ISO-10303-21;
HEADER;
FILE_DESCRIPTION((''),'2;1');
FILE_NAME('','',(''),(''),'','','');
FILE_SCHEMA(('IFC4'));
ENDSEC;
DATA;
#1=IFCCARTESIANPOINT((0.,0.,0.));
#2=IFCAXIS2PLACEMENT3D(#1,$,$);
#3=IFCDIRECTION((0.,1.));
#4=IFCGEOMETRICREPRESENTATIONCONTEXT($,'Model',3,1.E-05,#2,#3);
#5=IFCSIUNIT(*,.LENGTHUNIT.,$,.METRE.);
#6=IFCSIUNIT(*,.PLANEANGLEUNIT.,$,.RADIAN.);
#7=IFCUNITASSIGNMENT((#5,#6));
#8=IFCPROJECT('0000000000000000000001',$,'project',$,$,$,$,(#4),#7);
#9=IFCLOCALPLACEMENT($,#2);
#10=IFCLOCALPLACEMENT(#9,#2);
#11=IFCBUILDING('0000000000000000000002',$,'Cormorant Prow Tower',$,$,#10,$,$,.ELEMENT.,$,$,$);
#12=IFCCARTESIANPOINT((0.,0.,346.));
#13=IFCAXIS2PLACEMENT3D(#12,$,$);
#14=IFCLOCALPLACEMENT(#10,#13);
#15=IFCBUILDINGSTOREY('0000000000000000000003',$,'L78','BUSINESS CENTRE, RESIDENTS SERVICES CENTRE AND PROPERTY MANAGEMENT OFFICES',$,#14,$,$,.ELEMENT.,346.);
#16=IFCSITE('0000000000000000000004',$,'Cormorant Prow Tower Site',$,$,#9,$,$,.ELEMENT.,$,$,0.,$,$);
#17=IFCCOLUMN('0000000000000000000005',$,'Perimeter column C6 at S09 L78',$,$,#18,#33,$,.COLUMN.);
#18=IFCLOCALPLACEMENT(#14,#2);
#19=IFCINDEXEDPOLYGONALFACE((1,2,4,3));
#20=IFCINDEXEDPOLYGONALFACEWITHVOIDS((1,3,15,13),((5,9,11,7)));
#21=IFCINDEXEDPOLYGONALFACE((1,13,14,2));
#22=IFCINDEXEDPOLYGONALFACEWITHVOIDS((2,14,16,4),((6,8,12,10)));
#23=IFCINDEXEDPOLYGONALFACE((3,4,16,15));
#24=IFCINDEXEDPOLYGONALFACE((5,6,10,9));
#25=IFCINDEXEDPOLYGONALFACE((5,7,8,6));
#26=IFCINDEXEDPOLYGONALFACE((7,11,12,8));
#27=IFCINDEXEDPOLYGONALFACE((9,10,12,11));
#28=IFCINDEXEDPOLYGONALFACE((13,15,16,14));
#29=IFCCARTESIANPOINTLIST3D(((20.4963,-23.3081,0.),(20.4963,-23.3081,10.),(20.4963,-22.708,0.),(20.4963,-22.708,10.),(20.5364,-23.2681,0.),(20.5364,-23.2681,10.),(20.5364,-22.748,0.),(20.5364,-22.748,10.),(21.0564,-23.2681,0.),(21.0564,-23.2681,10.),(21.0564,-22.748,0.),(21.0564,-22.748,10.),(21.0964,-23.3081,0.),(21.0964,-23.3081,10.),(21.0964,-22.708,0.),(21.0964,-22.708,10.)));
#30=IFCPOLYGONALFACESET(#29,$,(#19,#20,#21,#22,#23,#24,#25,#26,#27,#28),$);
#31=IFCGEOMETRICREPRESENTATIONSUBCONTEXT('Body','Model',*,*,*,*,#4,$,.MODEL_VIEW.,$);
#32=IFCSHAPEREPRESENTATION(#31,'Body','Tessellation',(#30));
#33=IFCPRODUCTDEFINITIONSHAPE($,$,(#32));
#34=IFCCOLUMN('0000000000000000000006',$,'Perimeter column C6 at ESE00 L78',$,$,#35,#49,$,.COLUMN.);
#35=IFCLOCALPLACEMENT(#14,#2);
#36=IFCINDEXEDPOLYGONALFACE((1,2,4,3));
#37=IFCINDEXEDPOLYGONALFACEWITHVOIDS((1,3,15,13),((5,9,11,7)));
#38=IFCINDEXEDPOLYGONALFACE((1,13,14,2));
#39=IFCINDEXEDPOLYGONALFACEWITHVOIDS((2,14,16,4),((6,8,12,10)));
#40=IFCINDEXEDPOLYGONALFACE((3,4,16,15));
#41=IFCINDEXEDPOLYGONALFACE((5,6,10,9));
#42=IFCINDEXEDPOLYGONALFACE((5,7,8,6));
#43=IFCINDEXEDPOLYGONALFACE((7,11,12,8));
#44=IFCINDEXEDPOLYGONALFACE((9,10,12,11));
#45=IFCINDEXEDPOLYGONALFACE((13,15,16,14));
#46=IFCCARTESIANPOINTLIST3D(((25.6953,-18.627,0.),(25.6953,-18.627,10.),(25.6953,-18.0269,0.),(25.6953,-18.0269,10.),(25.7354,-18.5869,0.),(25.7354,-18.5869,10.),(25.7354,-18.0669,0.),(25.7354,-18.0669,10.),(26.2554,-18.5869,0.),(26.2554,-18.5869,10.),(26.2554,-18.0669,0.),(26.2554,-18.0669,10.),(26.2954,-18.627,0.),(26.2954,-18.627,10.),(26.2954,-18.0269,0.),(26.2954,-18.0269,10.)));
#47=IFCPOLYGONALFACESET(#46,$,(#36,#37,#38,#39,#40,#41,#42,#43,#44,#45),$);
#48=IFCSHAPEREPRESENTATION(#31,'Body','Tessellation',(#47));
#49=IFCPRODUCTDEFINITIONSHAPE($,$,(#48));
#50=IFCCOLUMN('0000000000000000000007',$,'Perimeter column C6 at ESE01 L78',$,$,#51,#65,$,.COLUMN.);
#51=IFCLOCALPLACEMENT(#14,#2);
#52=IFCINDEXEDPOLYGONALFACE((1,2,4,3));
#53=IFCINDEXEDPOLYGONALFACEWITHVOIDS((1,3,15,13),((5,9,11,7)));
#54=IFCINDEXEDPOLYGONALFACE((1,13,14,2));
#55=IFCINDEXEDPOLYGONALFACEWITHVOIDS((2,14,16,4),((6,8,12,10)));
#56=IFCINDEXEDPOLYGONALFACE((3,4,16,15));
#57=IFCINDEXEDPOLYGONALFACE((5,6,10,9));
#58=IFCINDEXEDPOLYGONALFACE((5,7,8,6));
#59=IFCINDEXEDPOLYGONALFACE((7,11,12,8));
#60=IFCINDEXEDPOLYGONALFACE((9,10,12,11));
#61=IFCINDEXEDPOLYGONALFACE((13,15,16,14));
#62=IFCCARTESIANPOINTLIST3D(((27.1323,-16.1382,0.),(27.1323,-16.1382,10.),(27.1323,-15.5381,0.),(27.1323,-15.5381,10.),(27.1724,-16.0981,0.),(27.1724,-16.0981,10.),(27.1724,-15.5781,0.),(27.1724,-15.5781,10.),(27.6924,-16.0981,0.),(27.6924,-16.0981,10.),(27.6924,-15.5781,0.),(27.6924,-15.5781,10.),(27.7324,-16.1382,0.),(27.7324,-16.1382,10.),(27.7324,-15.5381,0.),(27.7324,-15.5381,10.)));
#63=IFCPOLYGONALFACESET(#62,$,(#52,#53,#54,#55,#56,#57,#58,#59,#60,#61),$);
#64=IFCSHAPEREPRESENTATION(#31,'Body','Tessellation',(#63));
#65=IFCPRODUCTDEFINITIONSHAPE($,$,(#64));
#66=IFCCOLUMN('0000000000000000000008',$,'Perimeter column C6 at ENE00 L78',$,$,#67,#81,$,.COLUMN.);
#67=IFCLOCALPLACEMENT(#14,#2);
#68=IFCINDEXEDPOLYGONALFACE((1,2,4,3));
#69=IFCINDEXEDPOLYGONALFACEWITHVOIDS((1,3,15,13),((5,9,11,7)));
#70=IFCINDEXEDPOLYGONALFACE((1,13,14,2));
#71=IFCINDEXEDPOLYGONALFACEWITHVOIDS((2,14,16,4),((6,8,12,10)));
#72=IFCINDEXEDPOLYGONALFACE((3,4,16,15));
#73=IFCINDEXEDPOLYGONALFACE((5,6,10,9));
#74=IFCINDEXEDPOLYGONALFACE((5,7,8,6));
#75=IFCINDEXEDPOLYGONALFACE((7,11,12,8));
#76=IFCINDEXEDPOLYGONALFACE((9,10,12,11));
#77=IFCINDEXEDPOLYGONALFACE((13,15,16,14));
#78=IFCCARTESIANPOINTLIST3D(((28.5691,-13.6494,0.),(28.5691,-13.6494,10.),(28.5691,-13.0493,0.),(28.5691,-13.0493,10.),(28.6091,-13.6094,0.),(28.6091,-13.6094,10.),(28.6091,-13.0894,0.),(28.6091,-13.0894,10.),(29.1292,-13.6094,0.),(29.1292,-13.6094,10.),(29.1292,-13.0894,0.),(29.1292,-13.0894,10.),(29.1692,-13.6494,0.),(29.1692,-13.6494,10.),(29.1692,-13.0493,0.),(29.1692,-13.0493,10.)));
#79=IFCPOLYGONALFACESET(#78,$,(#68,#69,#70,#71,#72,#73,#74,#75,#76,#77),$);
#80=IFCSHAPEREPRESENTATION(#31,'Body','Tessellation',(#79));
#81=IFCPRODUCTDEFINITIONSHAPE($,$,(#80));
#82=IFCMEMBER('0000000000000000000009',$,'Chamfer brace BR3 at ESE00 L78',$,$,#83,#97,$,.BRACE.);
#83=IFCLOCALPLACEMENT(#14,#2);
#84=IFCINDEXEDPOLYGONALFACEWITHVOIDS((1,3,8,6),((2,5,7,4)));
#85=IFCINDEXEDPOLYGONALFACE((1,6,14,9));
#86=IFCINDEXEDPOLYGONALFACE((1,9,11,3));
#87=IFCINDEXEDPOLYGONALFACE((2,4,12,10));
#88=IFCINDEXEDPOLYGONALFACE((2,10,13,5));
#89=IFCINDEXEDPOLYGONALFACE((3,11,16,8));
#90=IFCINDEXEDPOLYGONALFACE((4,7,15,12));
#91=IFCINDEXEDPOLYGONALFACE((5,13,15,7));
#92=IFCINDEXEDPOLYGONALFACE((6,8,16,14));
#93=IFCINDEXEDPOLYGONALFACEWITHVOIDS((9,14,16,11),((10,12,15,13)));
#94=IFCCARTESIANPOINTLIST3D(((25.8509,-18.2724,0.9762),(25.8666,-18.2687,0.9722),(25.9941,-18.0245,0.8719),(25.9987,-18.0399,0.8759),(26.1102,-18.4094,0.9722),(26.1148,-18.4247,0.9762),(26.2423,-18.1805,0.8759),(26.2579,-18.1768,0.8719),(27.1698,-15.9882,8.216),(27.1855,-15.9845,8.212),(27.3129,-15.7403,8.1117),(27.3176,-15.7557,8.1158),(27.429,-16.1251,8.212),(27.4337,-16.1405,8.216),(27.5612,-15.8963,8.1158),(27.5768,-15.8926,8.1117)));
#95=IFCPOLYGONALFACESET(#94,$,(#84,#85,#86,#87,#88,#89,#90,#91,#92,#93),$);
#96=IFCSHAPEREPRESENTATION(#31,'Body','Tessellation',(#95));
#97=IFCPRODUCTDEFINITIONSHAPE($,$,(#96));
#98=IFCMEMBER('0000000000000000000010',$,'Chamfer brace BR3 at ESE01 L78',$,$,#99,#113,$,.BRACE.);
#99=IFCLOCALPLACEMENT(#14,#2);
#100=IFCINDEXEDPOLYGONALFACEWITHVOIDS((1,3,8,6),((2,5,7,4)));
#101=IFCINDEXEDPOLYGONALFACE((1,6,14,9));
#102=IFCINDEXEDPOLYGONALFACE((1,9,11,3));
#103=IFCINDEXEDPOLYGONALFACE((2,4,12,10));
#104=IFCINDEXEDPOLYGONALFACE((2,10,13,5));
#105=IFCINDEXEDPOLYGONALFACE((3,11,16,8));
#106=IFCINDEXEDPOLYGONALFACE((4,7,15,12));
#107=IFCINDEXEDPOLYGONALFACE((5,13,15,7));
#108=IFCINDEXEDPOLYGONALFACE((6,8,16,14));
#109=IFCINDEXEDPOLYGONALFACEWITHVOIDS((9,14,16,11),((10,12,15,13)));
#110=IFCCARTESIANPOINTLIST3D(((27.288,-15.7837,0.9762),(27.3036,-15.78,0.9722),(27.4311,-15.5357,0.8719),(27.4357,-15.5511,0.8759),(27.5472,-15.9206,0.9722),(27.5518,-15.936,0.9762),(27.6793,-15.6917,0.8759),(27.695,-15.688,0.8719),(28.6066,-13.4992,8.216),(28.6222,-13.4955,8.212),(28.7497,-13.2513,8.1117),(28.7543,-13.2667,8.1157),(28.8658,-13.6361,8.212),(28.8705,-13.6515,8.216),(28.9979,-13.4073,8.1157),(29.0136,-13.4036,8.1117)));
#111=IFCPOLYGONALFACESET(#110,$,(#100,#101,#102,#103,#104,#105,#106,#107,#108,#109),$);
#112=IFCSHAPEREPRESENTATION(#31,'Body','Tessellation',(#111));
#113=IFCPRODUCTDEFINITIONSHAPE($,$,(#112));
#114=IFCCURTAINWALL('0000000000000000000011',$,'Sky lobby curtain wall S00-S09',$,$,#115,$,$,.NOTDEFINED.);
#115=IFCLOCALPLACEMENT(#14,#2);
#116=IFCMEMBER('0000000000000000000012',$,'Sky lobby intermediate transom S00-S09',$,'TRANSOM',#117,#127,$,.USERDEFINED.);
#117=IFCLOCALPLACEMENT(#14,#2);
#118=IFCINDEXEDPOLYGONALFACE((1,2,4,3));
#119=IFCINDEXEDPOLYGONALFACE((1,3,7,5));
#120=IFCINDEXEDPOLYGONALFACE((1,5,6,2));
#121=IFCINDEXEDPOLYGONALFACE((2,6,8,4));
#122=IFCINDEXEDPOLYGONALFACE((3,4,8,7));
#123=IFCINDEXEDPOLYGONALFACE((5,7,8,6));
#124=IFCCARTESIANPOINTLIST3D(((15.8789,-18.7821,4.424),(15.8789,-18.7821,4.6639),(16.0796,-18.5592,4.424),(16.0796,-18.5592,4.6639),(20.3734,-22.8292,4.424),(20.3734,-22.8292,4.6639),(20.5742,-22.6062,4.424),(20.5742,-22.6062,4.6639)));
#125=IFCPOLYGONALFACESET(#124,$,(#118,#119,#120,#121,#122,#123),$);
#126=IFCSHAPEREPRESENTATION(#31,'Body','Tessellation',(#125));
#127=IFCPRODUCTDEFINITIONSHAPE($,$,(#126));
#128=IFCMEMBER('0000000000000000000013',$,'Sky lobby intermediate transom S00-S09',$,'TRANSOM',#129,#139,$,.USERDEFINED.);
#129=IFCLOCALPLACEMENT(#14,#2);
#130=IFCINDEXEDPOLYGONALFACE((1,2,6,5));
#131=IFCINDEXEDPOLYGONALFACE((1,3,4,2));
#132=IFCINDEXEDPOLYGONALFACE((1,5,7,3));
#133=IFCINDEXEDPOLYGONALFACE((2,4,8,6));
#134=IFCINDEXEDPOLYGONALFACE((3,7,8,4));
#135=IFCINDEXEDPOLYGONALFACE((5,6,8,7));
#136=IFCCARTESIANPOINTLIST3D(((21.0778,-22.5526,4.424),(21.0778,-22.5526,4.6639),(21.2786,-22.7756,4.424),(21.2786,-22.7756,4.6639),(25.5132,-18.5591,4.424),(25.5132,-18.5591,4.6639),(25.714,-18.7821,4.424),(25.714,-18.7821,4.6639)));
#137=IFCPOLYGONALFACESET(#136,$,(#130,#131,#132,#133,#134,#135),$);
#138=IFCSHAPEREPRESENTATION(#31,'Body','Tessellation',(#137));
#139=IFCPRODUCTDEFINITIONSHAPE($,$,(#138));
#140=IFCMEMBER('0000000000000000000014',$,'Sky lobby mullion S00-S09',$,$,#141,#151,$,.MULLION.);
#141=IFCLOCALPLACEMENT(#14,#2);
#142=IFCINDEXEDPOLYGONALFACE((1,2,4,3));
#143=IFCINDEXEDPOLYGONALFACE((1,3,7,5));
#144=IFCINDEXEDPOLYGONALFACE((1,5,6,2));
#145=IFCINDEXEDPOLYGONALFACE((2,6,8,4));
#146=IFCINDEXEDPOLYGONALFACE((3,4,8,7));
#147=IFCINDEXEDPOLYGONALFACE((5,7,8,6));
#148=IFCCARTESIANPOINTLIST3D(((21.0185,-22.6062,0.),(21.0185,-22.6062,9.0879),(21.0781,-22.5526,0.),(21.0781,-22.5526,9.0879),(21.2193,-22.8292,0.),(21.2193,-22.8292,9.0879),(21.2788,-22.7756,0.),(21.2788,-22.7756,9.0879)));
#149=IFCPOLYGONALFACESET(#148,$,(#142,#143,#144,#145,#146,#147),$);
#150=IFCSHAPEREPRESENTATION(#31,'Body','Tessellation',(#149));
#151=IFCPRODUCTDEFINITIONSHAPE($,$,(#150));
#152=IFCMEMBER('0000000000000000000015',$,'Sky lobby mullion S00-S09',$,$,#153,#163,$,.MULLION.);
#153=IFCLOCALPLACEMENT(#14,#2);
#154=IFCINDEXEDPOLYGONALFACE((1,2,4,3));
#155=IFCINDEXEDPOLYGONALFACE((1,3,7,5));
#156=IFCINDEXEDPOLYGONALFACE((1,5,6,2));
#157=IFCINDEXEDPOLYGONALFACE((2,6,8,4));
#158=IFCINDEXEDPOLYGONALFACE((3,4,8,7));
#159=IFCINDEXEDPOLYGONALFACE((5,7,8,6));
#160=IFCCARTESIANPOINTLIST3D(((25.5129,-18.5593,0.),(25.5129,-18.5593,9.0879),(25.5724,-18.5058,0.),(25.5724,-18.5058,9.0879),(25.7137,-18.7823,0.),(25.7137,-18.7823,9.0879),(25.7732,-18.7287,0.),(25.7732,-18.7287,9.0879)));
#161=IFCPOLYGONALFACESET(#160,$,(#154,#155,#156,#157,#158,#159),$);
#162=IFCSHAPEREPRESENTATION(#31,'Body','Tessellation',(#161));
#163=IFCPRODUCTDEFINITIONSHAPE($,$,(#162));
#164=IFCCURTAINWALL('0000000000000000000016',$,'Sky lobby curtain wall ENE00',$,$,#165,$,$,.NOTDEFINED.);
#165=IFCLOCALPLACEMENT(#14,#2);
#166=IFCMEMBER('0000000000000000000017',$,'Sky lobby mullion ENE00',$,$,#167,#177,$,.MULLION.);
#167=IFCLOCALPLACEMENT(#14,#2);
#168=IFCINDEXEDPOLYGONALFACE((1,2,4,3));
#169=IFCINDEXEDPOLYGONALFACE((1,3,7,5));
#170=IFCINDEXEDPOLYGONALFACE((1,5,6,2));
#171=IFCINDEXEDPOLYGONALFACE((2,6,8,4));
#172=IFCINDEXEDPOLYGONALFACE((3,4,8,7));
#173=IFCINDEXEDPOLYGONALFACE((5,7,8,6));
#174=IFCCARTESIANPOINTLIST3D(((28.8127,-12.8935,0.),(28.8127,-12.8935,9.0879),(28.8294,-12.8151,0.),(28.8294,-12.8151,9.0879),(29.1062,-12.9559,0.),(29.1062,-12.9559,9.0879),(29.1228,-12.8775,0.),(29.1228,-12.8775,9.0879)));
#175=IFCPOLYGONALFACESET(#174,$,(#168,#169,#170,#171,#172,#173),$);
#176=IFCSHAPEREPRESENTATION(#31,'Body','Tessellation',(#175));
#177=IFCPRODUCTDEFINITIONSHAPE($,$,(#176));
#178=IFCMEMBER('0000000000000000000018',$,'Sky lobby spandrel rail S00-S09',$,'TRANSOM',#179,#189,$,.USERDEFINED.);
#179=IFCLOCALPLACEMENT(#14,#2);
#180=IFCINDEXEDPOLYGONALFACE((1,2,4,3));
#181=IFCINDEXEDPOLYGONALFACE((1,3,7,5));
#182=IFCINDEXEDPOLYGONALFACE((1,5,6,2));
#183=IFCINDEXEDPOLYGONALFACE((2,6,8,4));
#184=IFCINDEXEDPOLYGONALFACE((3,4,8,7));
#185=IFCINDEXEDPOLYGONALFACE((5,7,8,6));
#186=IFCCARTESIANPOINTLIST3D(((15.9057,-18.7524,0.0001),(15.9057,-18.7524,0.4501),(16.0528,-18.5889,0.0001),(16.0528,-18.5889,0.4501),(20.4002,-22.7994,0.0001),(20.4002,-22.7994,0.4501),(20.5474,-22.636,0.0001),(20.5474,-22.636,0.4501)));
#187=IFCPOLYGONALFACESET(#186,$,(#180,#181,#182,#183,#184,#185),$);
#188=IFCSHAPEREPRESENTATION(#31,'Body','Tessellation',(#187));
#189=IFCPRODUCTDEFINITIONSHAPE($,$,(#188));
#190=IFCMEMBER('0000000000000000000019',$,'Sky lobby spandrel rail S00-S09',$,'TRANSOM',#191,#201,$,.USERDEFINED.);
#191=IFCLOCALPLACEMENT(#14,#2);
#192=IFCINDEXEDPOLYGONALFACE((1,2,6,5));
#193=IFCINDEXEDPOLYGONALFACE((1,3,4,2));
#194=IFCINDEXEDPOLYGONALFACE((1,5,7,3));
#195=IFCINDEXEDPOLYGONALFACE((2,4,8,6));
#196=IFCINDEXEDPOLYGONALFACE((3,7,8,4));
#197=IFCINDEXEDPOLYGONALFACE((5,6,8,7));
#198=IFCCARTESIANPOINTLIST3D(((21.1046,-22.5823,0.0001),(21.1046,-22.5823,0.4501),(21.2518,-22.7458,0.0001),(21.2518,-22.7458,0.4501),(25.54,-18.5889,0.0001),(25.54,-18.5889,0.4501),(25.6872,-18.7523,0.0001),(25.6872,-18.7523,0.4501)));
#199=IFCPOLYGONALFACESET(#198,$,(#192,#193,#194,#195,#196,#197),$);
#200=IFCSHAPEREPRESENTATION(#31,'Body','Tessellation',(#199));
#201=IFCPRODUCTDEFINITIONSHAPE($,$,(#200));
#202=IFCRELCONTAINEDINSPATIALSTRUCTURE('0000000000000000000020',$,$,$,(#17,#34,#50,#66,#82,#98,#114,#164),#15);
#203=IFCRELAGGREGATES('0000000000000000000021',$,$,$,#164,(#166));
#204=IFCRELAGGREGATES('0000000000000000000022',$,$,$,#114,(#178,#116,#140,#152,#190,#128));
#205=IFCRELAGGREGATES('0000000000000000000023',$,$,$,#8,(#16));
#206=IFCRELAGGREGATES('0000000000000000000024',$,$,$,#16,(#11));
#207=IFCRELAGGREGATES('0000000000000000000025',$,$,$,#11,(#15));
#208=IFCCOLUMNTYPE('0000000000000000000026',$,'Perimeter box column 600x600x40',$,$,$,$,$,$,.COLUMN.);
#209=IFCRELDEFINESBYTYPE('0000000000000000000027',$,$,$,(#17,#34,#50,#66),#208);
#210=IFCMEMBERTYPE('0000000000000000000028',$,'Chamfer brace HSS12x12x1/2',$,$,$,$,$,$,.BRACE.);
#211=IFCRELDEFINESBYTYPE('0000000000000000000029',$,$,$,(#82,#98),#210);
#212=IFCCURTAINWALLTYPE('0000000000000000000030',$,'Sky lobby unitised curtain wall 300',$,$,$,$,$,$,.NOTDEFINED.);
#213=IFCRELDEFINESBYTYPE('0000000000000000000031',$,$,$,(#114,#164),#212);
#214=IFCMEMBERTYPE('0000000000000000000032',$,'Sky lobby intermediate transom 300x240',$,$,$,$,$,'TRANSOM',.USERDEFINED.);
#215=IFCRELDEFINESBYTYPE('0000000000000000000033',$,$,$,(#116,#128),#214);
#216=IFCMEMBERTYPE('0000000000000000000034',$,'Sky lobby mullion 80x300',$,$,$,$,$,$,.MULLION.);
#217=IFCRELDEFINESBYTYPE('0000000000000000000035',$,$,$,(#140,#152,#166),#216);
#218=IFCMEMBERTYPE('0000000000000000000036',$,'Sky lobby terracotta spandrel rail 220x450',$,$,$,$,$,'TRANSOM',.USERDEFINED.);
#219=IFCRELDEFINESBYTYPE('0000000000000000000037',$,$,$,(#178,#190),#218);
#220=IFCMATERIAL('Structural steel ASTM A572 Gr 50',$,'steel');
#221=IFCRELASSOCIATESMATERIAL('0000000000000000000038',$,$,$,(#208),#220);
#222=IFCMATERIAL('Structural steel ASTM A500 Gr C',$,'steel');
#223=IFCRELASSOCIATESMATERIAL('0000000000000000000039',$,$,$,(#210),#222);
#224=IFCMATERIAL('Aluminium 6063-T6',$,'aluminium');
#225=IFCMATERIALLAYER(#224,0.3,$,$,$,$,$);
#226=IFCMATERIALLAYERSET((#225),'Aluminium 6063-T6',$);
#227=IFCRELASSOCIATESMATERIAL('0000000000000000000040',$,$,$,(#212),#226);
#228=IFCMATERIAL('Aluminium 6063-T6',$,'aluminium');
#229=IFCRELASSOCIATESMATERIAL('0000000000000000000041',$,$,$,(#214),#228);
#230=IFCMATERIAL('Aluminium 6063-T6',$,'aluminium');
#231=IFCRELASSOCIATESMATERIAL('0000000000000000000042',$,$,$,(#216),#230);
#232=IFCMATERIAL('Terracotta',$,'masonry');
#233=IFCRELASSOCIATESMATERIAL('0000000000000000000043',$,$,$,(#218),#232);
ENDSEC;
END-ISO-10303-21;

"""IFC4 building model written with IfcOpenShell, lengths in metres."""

from ifc_helpers import new_model, si_unit, direction, frame, origin, origin_2d, place, context, subcontext, project, spatial, rectangle, hollow_rectangle, extrude, material, layer, layer_set, material_profile, profile_set, type_object, element, aggregate, save


model = new_model("IFC4")

# Units and contexts
model_context = context("Model", 3, precision=1e-05, world=origin(), true_north=direction((0.0, 1.0)))
body_context = subcontext(model_context, "Body", "Model", "MODEL_VIEW")
ifc_project = project(units=[si_unit("LENGTHUNIT", "METRE"), si_unit("PLANEANGLEUNIT", "RADIAN")], contexts=[model_context])

# Site, building, storey
site_placement = place(None, origin())
site = spatial("IfcSite", under=ifc_project, at=site_placement, Name="Cormorant Prow Tower Site", CompositionType="ELEMENT", RefElevation=0.0)
building_placement = place(site_placement, origin())
building = spatial("IfcBuilding", under=site, at=building_placement, Name="Cormorant Prow Tower", CompositionType="ELEMENT")
storey_placement = place(building_placement, frame((0.0, 0.0, 346.0)))
storey = spatial("IfcBuildingStorey", under=building, at=storey_placement, Name="L78", Description="BUSINESS CENTRE, RESIDENTS SERVICES CENTRE AND PROPERTY MANAGEMENT OFFICES", CompositionType="ELEMENT", Elevation=346.0)

# Columns
ifc_material_1 = material(Name="Structural steel ASTM A572 Gr 50", Category="steel")
ifc_material_profile_1 = material_profile(ifc_material_1, hollow_rectangle(XDim=0.6001, YDim=0.6001, WallThickness=0.04, at=origin_2d()), Name="Box 600x600x40")
ifc_profile_set_1 = profile_set([ifc_material_profile_1], Name="Structural steel ASTM A572 Gr 50")
column_type = type_object("IfcColumnType", Name="Perimeter box column 600x600x40", PredefinedType="COLUMN", material=ifc_profile_set_1)
for number, where, z_axis, x_axis, name in (
    (1, (20.7964, -23.0081, 0.0), (0.0, 0.0, 1.0), (1.0, 0.0, 0.0), "Perimeter column C6 at S09 L78"),
    (2, (25.9954, -18.3269, 0.0), (0.0, 0.0, 1.0), (1.0, 0.0, 0.0), "Perimeter column C6 at ESE00 L78"),
    (3, (27.4324, -15.8381, 0.0), (0.0, 0.0, 1.0), (1.0, 0.0, 0.0), "Perimeter column C6 at ESE01 L78"),
    (4, (28.8691, -13.3494, 0.0), (0.0, 0.0, 1.0), (1.0, 0.0, 0.0), "Perimeter column C6 at ENE00 L78"),
):
    element("IfcColumn", number, at=place(storey_placement, frame(where, z_axis=z_axis, x_axis=x_axis)), inside=storey, type_object=column_type, Name=name, PredefinedType="COLUMN", context=body_context, shape_type="SweptSolid", body=[
        extrude(hollow_rectangle(XDim=0.6001, YDim=0.6001, WallThickness=0.04, at=origin_2d()), origin(), (0.0, 0.0, 1.0), 10.0),
    ])

# Members
ifc_material_2 = material(Name="Structural steel ASTM A500 Gr C", Category="steel")
ifc_material_profile_2 = material_profile(ifc_material_2, hollow_rectangle(XDim=0.3047, YDim=0.3047, WallThickness=0.0117, at=origin_2d()), Name="HSS12x12x1/2")
ifc_profile_set_2 = profile_set([ifc_material_profile_2], Name="Structural steel ASTM A500 Gr C")
member_type_1 = type_object("IfcMemberType", Name="Chamfer brace HSS12x12x1/2", PredefinedType="BRACE", material=ifc_profile_set_2)
for number, where, z_axis, x_axis, name in (
    (5, (26.0544, -18.2246, 0.9241), (0.171162, 0.296445, 0.939587), (-0.866013, 0.500022, 0.0), "Chamfer brace BR3 at ESE00 L78"),
    (6, (27.4915, -15.7358, 0.9241), (0.17113, 0.296475, 0.939583), (-0.866076, 0.499912, 0.0), "Chamfer brace BR3 at ESE01 L78"),
):
    element("IfcMember", number, at=place(storey_placement, frame(where, z_axis=z_axis, x_axis=x_axis)), inside=storey, type_object=member_type_1, Name=name, PredefinedType="BRACE", context=body_context, shape_type="SweptSolid", body=[
        extrude(hollow_rectangle(XDim=0.3047, YDim=0.3047, WallThickness=0.0117, at=origin_2d()), origin(), (0.0, 0.0, 1.0), 7.7053),
    ])

# Curtain wall, members
ifc_material_3 = material(Name="Aluminium 6063-T6", Category="aluminium")
ifc_layer_1 = layer(ifc_material_3, 0.3)
ifc_layer_set_1 = layer_set([ifc_layer_1], Name="Aluminium 6063-T6")
curtain_wall_type = type_object("IfcCurtainWallType", Name="Sky lobby unitised curtain wall 300", PredefinedType="NOTDEFINED", material=ifc_layer_set_1)
curtain_wall_1_placement = place(storey_placement, origin())
curtain_wall_1 = element("IfcCurtainWall", 7, at=curtain_wall_1_placement, inside=storey, type_object=curtain_wall_type, Name="Sky lobby curtain wall S00-S09", PredefinedType="NOTDEFINED")
ifc_material_4 = material(Name="Aluminium 6063-T6", Category="aluminium")
ifc_material_profile_3 = material_profile(ifc_material_4, rectangle(XDim=0.3, YDim=0.24, at=origin_2d()), Name="Sky lobby intermediate transom 300x240")
ifc_profile_set_3 = profile_set([ifc_material_profile_3], Name="Aluminium 6063-T6")
member_type_2 = type_object("IfcMemberType", Name="Sky lobby intermediate transom 300x240", ElementType="TRANSOM", PredefinedType="USERDEFINED", material=ifc_profile_set_3)
member_1_placement = place(storey_placement, frame((15.9792, -18.6707, 4.5439), z_axis=(0.743134, -0.669143, 0.0), x_axis=(0.669143, 0.743134, 0.0)))
member_1 = element("IfcMember", 8, at=member_1_placement, type_object=member_type_2, Name="Sky lobby intermediate transom S00-S09", ObjectType="TRANSOM", PredefinedType="USERDEFINED", context=body_context, shape_type="SweptSolid", body=[
    extrude(rectangle(XDim=0.3, YDim=0.24, at=origin_2d()), origin(), (0.0, 0.0, 1.0), 6.0481),
])
member_2_placement = place(storey_placement, frame((21.1782, -22.6641, 4.5439), z_axis=(0.743158, 0.669116, 0.0), x_axis=(-0.669116, 0.743158, 0.0)))
member_2 = element("IfcMember", 9, at=member_2_placement, type_object=member_type_2, Name="Sky lobby intermediate transom S00-S09", ObjectType="TRANSOM", PredefinedType="USERDEFINED", context=body_context, shape_type="SweptSolid", body=[
    extrude(rectangle(XDim=0.3, YDim=0.24, at=origin_2d()), origin(), (0.0, 0.0, 1.0), 5.9683),
])
ifc_material_5 = material(Name="Aluminium 6063-T6", Category="aluminium")
ifc_material_profile_4 = material_profile(ifc_material_5, rectangle(XDim=0.3, YDim=0.0801, at=origin_2d()), Name="Sky lobby mullion 80x300")
ifc_profile_set_4 = profile_set([ifc_material_profile_4], Name="Aluminium 6063-T6")
member_type_3 = type_object("IfcMemberType", Name="Sky lobby mullion 80x300", PredefinedType="MULLION", material=ifc_profile_set_4)
member_3_placement = place(storey_placement, frame((21.1487, -22.6909, 0.0), z_axis=(0.0, 0.0, 1.0), x_axis=(-0.669131, 0.743145, 0.0)))
member_3 = element("IfcMember", 10, at=member_3_placement, type_object=member_type_3, Name="Sky lobby mullion S00-S09", PredefinedType="MULLION", context=body_context, shape_type="SweptSolid", body=[
    extrude(rectangle(XDim=0.3, YDim=0.0801, at=origin_2d()), origin(), (0.0, 0.0, 1.0), 9.0879),
])
member_4_placement = place(storey_placement, frame((25.6431, -18.644, 0.0), z_axis=(0.0, 0.0, 1.0), x_axis=(-0.669131, 0.743145, 0.0)))
member_4 = element("IfcMember", 11, at=member_4_placement, type_object=member_type_3, Name="Sky lobby mullion S00-S09", PredefinedType="MULLION", context=body_context, shape_type="SweptSolid", body=[
    extrude(rectangle(XDim=0.3, YDim=0.0801, at=origin_2d()), origin(), (0.0, 0.0, 1.0), 9.0879),
])

# Curtain wall, member
curtain_wall_2_placement = place(storey_placement, origin())
curtain_wall_2 = element("IfcCurtainWall", 12, at=curtain_wall_2_placement, inside=storey, type_object=curtain_wall_type, Name="Sky lobby curtain wall ENE00", PredefinedType="NOTDEFINED")
member_5_placement = place(storey_placement, frame((28.9678, -12.8855, 0.0), z_axis=(0.0, 0.0, 1.0), x_axis=(-0.978148, 0.207912, 0.0)))
member_5 = element("IfcMember", 13, at=member_5_placement, type_object=member_type_3, Name="Sky lobby mullion ENE00", PredefinedType="MULLION", context=body_context, shape_type="SweptSolid", body=[
    extrude(rectangle(XDim=0.3, YDim=0.0801, at=origin_2d()), origin(), (0.0, 0.0, 1.0), 9.0879),
])

# Members
ifc_material_6 = material(Name="Terracotta", Category="masonry")
ifc_material_profile_5 = material_profile(ifc_material_6, rectangle(XDim=0.22, YDim=0.45, at=origin_2d()), Name="Sky lobby terracotta spandrel rail 220x450")
ifc_profile_set_5 = profile_set([ifc_material_profile_5], Name="Terracotta")
member_type_4 = type_object("IfcMemberType", Name="Sky lobby terracotta spandrel rail 220x450", ElementType="TRANSOM", PredefinedType="USERDEFINED", material=ifc_profile_set_5)
member_6_placement = place(storey_placement, frame((15.9792, -18.6707, 0.2251), z_axis=(0.743134, -0.669143, 0.0), x_axis=(0.669143, 0.743134, 0.0)))
member_6 = element("IfcMember", 14, at=member_6_placement, type_object=member_type_4, Name="Sky lobby spandrel rail S00-S09", ObjectType="TRANSOM", PredefinedType="USERDEFINED", context=body_context, shape_type="SweptSolid", body=[
    extrude(rectangle(XDim=0.22, YDim=0.45, at=origin_2d()), origin(), (0.0, 0.0, 1.0), 6.0481),
])
member_7_placement = place(storey_placement, frame((21.1782, -22.6641, 0.2251), z_axis=(0.743158, 0.669116, 0.0), x_axis=(-0.669116, 0.743158, 0.0)))
member_7 = element("IfcMember", 15, at=member_7_placement, type_object=member_type_4, Name="Sky lobby spandrel rail S00-S09", ObjectType="TRANSOM", PredefinedType="USERDEFINED", context=body_context, shape_type="SweptSolid", body=[
    extrude(rectangle(XDim=0.22, YDim=0.45, at=origin_2d()), origin(), (0.0, 0.0, 1.0), 5.9683),
])
aggregate(curtain_wall_2, [member_5])

aggregate(curtain_wall_1, [member_6, member_1, member_3, member_4, member_7, member_2])

save(model, "model.ifc")
